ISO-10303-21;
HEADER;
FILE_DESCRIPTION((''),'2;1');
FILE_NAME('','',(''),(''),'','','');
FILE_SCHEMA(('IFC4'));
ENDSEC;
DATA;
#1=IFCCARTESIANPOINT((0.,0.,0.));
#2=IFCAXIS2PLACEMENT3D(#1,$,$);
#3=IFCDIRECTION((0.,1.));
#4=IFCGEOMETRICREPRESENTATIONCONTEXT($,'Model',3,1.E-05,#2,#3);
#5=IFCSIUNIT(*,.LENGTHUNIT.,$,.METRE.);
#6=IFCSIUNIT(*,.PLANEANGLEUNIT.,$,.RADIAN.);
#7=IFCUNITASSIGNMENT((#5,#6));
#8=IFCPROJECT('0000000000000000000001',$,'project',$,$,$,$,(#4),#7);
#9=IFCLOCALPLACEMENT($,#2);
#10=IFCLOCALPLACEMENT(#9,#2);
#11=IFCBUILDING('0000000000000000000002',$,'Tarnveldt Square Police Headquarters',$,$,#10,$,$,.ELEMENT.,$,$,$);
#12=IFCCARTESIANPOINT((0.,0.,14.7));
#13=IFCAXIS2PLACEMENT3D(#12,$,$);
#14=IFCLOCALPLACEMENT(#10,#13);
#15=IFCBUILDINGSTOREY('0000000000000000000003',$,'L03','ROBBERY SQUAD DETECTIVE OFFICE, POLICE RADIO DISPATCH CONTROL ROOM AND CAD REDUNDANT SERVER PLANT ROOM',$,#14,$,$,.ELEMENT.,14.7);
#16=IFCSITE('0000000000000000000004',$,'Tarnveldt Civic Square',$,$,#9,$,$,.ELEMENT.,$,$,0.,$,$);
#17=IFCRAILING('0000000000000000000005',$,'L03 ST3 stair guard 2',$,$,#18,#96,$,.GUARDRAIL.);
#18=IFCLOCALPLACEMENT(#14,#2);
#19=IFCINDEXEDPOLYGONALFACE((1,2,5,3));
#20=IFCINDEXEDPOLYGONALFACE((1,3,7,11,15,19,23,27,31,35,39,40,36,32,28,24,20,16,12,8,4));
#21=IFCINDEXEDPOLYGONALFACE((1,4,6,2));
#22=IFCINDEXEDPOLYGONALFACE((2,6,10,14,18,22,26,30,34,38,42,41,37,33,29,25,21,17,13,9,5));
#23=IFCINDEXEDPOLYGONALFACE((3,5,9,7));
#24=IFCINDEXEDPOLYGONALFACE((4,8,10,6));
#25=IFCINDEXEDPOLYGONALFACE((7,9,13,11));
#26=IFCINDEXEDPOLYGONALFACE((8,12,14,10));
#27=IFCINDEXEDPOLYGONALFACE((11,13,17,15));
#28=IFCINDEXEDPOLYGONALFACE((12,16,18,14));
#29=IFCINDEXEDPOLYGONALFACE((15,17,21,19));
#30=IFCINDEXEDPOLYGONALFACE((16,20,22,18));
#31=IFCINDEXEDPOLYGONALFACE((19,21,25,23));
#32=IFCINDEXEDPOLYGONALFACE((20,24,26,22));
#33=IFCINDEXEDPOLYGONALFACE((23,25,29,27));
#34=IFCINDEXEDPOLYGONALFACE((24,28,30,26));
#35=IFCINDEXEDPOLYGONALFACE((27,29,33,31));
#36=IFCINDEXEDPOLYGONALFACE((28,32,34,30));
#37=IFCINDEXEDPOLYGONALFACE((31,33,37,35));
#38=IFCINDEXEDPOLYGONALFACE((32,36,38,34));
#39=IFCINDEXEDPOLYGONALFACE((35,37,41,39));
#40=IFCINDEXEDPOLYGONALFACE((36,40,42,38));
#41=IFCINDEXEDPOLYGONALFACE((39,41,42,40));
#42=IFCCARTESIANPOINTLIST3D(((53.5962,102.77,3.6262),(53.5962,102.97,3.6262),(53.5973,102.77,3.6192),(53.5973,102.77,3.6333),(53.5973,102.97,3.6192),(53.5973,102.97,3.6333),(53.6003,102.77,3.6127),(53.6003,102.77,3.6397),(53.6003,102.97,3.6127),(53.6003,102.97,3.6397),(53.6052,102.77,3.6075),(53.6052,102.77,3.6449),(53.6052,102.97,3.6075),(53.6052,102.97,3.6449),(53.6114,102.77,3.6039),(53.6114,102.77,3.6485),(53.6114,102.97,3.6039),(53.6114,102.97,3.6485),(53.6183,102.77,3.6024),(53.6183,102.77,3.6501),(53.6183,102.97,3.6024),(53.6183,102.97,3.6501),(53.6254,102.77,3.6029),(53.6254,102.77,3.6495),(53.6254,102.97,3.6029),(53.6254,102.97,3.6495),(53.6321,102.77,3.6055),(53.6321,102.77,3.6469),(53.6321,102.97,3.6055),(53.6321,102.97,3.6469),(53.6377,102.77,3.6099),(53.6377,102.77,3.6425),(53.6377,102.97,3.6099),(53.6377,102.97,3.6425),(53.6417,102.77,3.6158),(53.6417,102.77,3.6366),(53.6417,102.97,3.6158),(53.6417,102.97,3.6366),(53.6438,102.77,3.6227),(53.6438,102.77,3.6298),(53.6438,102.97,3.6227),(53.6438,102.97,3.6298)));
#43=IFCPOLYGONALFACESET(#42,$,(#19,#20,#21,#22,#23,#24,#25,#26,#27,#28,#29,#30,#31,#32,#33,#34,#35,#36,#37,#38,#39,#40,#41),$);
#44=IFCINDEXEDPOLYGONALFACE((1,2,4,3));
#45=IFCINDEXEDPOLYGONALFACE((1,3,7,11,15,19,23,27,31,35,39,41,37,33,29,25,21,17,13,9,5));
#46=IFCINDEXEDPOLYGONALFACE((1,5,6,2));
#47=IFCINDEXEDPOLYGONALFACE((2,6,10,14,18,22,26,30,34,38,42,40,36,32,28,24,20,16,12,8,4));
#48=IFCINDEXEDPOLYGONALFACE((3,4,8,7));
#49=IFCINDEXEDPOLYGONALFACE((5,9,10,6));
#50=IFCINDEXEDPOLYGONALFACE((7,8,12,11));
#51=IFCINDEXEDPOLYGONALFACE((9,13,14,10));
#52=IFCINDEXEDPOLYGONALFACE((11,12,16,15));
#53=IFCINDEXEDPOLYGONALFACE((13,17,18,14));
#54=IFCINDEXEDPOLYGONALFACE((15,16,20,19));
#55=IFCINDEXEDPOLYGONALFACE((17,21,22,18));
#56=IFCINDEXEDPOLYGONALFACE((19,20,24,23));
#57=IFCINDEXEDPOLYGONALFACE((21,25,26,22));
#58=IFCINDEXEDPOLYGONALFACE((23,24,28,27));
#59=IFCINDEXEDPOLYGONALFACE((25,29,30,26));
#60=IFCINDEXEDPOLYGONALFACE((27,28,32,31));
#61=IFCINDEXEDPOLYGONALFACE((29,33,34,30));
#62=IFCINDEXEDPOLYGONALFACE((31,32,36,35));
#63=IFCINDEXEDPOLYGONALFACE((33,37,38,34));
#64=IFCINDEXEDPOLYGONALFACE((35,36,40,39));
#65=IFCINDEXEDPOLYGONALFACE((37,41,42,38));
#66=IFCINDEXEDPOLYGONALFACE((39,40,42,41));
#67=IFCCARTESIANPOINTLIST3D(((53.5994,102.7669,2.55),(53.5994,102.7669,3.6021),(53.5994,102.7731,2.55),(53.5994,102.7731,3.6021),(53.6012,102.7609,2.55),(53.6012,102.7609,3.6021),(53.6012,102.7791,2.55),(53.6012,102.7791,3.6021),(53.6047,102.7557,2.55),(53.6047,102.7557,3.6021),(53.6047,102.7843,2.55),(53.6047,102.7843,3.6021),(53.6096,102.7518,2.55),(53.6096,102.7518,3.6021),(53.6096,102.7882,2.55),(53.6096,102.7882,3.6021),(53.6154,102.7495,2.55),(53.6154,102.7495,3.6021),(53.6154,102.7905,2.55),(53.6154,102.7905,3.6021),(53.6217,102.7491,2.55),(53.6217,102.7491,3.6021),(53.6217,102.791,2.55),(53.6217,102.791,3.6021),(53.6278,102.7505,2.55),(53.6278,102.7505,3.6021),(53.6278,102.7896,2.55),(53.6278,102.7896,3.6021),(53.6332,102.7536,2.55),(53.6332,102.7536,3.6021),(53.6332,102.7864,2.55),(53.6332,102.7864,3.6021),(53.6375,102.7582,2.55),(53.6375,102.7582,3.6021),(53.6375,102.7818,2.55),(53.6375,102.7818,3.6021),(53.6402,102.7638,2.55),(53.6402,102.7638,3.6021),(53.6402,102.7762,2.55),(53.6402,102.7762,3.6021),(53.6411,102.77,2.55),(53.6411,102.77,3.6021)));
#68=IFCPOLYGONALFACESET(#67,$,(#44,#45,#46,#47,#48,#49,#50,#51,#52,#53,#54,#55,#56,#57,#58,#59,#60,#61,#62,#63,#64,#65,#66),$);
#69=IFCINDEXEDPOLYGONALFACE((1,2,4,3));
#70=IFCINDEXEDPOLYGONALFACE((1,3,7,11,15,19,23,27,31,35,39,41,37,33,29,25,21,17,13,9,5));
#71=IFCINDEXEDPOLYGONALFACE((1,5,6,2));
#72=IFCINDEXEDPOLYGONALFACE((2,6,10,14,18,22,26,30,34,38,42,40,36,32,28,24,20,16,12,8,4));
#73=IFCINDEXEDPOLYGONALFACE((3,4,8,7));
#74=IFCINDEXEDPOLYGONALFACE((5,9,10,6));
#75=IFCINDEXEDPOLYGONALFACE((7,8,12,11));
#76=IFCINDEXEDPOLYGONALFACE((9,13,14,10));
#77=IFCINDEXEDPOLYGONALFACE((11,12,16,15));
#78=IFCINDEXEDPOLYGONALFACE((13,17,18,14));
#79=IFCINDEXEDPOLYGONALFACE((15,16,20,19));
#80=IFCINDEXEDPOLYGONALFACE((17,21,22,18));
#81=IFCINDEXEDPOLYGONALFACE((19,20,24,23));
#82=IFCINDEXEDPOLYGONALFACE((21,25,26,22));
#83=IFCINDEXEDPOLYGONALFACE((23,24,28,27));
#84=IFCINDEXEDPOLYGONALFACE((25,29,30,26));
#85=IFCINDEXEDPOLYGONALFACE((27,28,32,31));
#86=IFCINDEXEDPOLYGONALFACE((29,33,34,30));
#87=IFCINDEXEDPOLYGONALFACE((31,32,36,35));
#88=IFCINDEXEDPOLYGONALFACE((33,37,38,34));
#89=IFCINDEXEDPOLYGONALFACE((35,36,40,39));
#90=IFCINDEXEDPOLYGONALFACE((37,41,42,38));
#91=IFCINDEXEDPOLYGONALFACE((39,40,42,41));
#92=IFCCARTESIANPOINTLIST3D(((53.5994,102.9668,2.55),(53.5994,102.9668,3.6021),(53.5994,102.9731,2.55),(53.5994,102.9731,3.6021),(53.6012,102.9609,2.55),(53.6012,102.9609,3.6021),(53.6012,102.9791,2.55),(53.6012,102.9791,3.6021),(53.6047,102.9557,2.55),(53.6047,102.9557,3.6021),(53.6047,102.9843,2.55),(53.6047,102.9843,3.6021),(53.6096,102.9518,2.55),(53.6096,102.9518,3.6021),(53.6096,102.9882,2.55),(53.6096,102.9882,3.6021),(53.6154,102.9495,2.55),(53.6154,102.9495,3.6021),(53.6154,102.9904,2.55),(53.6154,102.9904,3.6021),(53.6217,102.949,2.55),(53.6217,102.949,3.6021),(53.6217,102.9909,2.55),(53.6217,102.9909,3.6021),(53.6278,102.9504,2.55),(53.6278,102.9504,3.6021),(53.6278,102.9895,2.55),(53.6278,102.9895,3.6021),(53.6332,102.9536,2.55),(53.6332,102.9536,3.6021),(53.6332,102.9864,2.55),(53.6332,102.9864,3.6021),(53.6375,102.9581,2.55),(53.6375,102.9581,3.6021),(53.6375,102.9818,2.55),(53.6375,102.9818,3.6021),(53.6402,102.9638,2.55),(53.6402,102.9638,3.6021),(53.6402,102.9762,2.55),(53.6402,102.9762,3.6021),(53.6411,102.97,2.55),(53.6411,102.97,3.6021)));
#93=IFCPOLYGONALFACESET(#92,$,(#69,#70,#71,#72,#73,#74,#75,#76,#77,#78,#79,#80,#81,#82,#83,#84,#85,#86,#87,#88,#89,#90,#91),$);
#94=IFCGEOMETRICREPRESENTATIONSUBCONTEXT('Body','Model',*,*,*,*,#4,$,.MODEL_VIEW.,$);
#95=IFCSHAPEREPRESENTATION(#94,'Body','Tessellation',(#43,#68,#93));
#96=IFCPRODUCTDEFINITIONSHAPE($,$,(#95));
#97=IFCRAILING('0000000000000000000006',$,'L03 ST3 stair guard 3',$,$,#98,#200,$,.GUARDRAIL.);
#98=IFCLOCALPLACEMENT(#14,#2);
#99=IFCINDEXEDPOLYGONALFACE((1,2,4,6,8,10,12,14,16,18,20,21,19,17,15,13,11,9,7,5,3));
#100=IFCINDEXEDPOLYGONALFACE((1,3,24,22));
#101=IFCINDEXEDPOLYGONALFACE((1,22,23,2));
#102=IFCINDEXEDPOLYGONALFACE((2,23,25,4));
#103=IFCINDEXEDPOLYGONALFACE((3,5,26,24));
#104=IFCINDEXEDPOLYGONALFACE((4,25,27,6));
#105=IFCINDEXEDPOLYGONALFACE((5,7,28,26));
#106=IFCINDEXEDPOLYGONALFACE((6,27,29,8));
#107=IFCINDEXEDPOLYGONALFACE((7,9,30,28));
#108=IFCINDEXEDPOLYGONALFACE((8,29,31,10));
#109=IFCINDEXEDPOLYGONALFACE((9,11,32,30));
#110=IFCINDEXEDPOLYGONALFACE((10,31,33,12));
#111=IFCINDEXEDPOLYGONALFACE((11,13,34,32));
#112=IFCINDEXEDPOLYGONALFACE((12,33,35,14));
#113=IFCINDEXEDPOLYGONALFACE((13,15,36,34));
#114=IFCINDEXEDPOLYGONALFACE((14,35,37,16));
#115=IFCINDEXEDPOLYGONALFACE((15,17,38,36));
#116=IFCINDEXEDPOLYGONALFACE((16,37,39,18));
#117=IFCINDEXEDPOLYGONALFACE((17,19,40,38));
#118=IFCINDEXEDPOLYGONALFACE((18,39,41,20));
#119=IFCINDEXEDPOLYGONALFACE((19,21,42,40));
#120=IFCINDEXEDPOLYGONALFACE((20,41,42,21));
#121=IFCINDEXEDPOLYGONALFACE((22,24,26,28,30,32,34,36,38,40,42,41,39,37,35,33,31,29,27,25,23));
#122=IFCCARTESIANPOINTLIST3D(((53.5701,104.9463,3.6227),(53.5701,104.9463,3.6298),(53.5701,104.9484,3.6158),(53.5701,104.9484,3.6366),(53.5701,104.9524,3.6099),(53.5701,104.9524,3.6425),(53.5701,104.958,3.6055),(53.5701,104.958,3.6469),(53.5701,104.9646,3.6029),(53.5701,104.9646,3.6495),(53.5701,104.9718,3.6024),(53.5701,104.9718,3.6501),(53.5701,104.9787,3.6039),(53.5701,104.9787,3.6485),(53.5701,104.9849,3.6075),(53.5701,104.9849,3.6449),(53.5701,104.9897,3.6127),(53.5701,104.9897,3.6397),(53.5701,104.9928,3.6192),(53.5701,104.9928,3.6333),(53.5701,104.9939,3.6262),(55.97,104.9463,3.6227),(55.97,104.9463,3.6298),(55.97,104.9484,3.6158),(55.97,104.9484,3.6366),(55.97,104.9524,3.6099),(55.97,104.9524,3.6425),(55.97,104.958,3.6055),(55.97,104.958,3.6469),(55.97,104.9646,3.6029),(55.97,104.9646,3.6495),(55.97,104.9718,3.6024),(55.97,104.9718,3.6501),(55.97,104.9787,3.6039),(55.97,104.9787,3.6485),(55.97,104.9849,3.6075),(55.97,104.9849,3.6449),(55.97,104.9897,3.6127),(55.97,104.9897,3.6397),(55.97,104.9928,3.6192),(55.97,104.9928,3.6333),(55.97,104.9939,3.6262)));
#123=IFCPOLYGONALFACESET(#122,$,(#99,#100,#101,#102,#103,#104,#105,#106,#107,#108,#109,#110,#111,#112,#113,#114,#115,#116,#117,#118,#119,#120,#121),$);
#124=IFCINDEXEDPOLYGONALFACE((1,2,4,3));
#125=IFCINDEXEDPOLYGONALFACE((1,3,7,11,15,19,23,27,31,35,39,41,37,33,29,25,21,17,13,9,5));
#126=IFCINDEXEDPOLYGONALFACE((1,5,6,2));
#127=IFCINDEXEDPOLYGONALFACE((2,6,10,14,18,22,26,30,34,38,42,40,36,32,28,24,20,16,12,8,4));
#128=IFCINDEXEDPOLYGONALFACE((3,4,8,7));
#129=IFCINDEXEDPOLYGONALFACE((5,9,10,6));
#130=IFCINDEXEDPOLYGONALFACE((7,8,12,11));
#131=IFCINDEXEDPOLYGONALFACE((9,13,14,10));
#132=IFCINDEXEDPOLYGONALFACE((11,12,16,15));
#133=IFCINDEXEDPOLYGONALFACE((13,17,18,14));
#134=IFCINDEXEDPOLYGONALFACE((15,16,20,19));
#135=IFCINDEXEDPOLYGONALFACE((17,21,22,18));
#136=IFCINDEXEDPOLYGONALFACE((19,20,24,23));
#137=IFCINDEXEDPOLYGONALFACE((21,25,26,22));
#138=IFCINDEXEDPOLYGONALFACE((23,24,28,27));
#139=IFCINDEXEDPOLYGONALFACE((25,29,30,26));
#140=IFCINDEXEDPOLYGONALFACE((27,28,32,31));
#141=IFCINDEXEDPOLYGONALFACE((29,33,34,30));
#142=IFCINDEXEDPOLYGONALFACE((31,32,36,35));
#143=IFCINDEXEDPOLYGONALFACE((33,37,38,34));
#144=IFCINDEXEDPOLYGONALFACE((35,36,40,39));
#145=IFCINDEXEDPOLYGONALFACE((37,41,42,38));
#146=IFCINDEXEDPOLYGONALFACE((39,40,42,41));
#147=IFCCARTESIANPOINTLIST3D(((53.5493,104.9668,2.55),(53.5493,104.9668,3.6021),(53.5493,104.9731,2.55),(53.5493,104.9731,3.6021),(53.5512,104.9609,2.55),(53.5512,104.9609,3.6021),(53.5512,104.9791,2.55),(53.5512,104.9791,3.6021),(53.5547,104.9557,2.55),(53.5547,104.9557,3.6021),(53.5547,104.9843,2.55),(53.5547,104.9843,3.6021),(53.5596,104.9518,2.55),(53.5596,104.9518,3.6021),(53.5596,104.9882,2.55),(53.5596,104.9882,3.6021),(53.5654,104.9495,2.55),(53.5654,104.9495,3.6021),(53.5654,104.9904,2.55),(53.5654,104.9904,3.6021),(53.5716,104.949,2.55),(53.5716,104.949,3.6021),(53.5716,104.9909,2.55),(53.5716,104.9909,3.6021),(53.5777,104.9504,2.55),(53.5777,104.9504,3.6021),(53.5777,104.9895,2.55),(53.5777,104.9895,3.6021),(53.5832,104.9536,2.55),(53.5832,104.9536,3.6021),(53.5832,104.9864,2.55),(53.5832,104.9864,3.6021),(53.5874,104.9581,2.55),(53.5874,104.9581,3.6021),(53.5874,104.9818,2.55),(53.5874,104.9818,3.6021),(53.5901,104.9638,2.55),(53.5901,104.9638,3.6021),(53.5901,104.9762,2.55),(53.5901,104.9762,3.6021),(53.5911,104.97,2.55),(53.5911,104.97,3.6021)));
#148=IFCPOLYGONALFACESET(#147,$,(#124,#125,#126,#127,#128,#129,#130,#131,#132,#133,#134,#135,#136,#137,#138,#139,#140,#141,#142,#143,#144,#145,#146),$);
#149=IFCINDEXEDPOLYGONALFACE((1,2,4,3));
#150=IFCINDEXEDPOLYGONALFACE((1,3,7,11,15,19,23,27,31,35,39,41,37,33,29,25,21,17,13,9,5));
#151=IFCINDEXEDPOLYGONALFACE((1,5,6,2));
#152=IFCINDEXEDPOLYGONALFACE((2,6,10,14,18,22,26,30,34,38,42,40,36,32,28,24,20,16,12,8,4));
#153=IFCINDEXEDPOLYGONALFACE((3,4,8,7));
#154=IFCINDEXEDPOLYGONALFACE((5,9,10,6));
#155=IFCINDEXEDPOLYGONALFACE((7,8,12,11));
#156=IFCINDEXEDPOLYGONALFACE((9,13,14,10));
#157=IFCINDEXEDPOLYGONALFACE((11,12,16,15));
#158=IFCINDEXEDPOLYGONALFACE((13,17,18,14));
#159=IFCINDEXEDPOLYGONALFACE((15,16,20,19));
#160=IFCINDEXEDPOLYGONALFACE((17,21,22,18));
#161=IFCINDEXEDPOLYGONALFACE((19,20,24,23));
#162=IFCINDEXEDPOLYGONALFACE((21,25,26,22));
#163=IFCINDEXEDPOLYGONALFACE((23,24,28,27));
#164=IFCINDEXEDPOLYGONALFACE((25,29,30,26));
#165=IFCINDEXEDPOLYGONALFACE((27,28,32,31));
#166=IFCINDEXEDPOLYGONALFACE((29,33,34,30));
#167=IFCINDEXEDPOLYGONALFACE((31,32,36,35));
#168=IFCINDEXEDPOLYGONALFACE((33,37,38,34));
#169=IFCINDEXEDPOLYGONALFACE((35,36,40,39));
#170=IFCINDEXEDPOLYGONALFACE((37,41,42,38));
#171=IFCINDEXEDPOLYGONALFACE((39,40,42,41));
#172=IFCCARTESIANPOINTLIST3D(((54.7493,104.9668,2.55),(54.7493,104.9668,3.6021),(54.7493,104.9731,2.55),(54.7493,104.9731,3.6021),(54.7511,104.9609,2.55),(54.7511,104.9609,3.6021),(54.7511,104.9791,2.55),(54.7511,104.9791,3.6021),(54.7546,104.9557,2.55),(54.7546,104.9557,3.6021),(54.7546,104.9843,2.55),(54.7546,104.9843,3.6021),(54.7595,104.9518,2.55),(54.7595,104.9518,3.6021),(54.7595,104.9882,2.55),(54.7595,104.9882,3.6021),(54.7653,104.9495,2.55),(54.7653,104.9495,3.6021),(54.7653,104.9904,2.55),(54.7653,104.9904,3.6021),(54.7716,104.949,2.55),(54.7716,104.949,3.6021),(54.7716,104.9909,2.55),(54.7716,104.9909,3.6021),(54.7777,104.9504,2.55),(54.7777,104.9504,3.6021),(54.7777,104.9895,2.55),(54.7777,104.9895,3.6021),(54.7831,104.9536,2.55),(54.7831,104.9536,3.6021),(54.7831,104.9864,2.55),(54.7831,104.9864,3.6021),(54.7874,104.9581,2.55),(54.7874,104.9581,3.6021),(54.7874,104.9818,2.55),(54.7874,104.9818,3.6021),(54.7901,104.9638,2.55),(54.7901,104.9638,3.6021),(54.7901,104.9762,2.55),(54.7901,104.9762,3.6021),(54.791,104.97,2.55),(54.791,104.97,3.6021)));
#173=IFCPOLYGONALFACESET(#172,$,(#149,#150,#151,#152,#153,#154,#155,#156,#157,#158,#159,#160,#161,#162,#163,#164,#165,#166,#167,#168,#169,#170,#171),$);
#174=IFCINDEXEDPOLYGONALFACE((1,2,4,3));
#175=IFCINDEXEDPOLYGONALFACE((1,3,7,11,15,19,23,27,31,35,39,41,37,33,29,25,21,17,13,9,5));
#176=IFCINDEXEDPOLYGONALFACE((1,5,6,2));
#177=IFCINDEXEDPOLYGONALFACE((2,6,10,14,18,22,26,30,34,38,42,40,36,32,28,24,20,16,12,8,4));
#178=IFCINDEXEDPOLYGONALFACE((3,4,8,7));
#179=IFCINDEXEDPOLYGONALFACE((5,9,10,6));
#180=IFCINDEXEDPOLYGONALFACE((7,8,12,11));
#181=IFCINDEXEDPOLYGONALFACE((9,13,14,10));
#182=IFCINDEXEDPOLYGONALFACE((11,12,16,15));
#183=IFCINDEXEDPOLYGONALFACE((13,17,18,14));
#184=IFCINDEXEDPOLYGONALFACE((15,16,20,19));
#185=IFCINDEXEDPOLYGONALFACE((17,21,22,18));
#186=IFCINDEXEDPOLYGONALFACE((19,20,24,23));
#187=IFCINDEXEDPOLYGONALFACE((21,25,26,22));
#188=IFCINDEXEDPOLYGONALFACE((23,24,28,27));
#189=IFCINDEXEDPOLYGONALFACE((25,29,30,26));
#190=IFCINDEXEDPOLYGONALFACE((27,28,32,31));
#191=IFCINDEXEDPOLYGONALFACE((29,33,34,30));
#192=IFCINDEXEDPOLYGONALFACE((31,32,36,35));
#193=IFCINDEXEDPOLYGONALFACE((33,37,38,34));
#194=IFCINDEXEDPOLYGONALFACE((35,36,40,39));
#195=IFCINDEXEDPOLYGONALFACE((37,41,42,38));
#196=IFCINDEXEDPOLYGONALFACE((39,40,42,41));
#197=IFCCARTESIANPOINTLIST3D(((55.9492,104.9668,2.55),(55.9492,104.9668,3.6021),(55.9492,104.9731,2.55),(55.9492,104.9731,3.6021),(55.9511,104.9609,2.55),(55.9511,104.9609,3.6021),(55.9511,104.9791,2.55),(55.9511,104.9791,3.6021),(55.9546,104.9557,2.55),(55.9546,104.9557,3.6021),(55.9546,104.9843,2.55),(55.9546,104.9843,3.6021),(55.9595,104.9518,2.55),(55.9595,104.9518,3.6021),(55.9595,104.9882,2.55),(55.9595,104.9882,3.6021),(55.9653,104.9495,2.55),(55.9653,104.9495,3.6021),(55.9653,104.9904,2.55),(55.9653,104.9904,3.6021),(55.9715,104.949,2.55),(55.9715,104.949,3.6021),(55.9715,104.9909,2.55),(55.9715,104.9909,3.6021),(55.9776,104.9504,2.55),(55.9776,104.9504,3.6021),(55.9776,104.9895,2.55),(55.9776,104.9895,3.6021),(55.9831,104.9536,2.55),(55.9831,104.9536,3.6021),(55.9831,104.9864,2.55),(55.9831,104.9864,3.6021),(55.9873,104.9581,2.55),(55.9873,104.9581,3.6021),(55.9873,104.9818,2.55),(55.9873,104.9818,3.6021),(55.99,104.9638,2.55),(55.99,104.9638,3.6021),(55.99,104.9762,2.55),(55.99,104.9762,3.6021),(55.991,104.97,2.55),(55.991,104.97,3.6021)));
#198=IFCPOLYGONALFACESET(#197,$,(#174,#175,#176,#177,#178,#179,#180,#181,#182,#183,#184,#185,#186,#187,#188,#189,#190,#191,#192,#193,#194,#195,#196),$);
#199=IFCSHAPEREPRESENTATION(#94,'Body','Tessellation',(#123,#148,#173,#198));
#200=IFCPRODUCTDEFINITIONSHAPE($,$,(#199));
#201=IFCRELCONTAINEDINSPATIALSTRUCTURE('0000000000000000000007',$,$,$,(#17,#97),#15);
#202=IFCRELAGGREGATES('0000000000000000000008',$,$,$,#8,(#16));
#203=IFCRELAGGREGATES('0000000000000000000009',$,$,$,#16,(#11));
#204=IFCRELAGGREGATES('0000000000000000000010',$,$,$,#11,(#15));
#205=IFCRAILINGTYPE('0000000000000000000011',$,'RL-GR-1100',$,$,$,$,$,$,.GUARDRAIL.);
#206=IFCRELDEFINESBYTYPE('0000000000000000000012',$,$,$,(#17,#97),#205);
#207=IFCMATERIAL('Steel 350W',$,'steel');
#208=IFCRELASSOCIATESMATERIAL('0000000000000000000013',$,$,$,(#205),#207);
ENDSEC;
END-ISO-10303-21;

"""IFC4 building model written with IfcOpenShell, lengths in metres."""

from ifc_helpers import new_model, si_unit, direction, frame, origin, origin_2d, place, context, subcontext, project, spatial, circle, extrude, material, type_object, element, save


model = new_model("IFC4")

# Units and contexts
model_context = context("Model", 3, precision=1e-05, world=origin(), true_north=direction((0.0, 1.0)))
body_context = subcontext(model_context, "Body", "Model", "MODEL_VIEW")
ifc_project = project(units=[si_unit("LENGTHUNIT", "METRE"), si_unit("PLANEANGLEUNIT", "RADIAN")], contexts=[model_context])

# Site, building, storey
site_placement = place(None, origin())
site = spatial("IfcSite", under=ifc_project, at=site_placement, Name="Tarnveldt Civic Square", CompositionType="ELEMENT", RefElevation=0.0)
building_placement = place(site_placement, origin())
building = spatial("IfcBuilding", under=site, at=building_placement, Name="Tarnveldt Square Police Headquarters", CompositionType="ELEMENT")
storey_placement = place(building_placement, frame((0.0, 0.0, 14.7)))
storey = spatial("IfcBuildingStorey", under=building, at=storey_placement, Name="L03", Description="ROBBERY SQUAD DETECTIVE OFFICE, POLICE RADIO DISPATCH CONTROL ROOM AND CAD REDUNDANT SERVER PLANT ROOM", CompositionType="ELEMENT", Elevation=14.7)

# Shared definitions
ifc_material_1 = material(Name="Steel 350W", Category="steel")

# Railings
railing_type_1 = type_object("IfcRailingType", Name="RL-GR-1100", PredefinedType="GUARDRAIL", material=ifc_material_1)
railing_1_placement = place(storey_placement, frame((53.6201, 102.77, 2.55)))
element("IfcRailing", 1, at=railing_1_placement, inside=storey, type_object=railing_type_1, Name="L03 ST3 stair guard 2", PredefinedType="GUARDRAIL", context=body_context, shape_type="SweptSolid", body=[
    extrude(circle(Radius=0.0239, at=origin_2d()), frame((0.0, 0.0, 1.0762), z_axis=(0.0, 1.0, 0.0), x_axis=(-1.0, 0.0, 0.0)), (0.0, 0.0, 1.0), 0.2),
    extrude(circle(Radius=0.021, at=origin_2d()), origin(), (0.0, 0.0, 1.0), 1.052),
    extrude(circle(Radius=0.021, at=origin_2d()), frame((0.0, 0.2, 0.0)), (0.0, 0.0, 1.0), 1.052),
])
railing_2_placement = place(storey_placement, frame((53.5701, 104.97, 2.55)))
element("IfcRailing", 2, at=railing_2_placement, inside=storey, type_object=railing_type_1, Name="L03 ST3 stair guard 3", PredefinedType="GUARDRAIL", context=body_context, shape_type="SweptSolid", body=[
    extrude(circle(Radius=0.0239, at=origin_2d()), frame((0.0, 0.0, 1.0762), z_axis=(1.0, 0.0, 0.0), x_axis=(0.0, 1.0, 0.0)), (0.0, 0.0, 1.0), 2.3999),
    extrude(circle(Radius=0.021, at=origin_2d()), origin(), (0.0, 0.0, 1.0), 1.052),
    extrude(circle(Radius=0.021, at=origin_2d()), frame((1.2, 0.0, 0.0)), (0.0, 0.0, 1.0), 1.052),
    extrude(circle(Radius=0.021, at=origin_2d()), frame((2.3999, 0.0, 0.0)), (0.0, 0.0, 1.0), 1.052),
])

save(model, "model.ifc")
